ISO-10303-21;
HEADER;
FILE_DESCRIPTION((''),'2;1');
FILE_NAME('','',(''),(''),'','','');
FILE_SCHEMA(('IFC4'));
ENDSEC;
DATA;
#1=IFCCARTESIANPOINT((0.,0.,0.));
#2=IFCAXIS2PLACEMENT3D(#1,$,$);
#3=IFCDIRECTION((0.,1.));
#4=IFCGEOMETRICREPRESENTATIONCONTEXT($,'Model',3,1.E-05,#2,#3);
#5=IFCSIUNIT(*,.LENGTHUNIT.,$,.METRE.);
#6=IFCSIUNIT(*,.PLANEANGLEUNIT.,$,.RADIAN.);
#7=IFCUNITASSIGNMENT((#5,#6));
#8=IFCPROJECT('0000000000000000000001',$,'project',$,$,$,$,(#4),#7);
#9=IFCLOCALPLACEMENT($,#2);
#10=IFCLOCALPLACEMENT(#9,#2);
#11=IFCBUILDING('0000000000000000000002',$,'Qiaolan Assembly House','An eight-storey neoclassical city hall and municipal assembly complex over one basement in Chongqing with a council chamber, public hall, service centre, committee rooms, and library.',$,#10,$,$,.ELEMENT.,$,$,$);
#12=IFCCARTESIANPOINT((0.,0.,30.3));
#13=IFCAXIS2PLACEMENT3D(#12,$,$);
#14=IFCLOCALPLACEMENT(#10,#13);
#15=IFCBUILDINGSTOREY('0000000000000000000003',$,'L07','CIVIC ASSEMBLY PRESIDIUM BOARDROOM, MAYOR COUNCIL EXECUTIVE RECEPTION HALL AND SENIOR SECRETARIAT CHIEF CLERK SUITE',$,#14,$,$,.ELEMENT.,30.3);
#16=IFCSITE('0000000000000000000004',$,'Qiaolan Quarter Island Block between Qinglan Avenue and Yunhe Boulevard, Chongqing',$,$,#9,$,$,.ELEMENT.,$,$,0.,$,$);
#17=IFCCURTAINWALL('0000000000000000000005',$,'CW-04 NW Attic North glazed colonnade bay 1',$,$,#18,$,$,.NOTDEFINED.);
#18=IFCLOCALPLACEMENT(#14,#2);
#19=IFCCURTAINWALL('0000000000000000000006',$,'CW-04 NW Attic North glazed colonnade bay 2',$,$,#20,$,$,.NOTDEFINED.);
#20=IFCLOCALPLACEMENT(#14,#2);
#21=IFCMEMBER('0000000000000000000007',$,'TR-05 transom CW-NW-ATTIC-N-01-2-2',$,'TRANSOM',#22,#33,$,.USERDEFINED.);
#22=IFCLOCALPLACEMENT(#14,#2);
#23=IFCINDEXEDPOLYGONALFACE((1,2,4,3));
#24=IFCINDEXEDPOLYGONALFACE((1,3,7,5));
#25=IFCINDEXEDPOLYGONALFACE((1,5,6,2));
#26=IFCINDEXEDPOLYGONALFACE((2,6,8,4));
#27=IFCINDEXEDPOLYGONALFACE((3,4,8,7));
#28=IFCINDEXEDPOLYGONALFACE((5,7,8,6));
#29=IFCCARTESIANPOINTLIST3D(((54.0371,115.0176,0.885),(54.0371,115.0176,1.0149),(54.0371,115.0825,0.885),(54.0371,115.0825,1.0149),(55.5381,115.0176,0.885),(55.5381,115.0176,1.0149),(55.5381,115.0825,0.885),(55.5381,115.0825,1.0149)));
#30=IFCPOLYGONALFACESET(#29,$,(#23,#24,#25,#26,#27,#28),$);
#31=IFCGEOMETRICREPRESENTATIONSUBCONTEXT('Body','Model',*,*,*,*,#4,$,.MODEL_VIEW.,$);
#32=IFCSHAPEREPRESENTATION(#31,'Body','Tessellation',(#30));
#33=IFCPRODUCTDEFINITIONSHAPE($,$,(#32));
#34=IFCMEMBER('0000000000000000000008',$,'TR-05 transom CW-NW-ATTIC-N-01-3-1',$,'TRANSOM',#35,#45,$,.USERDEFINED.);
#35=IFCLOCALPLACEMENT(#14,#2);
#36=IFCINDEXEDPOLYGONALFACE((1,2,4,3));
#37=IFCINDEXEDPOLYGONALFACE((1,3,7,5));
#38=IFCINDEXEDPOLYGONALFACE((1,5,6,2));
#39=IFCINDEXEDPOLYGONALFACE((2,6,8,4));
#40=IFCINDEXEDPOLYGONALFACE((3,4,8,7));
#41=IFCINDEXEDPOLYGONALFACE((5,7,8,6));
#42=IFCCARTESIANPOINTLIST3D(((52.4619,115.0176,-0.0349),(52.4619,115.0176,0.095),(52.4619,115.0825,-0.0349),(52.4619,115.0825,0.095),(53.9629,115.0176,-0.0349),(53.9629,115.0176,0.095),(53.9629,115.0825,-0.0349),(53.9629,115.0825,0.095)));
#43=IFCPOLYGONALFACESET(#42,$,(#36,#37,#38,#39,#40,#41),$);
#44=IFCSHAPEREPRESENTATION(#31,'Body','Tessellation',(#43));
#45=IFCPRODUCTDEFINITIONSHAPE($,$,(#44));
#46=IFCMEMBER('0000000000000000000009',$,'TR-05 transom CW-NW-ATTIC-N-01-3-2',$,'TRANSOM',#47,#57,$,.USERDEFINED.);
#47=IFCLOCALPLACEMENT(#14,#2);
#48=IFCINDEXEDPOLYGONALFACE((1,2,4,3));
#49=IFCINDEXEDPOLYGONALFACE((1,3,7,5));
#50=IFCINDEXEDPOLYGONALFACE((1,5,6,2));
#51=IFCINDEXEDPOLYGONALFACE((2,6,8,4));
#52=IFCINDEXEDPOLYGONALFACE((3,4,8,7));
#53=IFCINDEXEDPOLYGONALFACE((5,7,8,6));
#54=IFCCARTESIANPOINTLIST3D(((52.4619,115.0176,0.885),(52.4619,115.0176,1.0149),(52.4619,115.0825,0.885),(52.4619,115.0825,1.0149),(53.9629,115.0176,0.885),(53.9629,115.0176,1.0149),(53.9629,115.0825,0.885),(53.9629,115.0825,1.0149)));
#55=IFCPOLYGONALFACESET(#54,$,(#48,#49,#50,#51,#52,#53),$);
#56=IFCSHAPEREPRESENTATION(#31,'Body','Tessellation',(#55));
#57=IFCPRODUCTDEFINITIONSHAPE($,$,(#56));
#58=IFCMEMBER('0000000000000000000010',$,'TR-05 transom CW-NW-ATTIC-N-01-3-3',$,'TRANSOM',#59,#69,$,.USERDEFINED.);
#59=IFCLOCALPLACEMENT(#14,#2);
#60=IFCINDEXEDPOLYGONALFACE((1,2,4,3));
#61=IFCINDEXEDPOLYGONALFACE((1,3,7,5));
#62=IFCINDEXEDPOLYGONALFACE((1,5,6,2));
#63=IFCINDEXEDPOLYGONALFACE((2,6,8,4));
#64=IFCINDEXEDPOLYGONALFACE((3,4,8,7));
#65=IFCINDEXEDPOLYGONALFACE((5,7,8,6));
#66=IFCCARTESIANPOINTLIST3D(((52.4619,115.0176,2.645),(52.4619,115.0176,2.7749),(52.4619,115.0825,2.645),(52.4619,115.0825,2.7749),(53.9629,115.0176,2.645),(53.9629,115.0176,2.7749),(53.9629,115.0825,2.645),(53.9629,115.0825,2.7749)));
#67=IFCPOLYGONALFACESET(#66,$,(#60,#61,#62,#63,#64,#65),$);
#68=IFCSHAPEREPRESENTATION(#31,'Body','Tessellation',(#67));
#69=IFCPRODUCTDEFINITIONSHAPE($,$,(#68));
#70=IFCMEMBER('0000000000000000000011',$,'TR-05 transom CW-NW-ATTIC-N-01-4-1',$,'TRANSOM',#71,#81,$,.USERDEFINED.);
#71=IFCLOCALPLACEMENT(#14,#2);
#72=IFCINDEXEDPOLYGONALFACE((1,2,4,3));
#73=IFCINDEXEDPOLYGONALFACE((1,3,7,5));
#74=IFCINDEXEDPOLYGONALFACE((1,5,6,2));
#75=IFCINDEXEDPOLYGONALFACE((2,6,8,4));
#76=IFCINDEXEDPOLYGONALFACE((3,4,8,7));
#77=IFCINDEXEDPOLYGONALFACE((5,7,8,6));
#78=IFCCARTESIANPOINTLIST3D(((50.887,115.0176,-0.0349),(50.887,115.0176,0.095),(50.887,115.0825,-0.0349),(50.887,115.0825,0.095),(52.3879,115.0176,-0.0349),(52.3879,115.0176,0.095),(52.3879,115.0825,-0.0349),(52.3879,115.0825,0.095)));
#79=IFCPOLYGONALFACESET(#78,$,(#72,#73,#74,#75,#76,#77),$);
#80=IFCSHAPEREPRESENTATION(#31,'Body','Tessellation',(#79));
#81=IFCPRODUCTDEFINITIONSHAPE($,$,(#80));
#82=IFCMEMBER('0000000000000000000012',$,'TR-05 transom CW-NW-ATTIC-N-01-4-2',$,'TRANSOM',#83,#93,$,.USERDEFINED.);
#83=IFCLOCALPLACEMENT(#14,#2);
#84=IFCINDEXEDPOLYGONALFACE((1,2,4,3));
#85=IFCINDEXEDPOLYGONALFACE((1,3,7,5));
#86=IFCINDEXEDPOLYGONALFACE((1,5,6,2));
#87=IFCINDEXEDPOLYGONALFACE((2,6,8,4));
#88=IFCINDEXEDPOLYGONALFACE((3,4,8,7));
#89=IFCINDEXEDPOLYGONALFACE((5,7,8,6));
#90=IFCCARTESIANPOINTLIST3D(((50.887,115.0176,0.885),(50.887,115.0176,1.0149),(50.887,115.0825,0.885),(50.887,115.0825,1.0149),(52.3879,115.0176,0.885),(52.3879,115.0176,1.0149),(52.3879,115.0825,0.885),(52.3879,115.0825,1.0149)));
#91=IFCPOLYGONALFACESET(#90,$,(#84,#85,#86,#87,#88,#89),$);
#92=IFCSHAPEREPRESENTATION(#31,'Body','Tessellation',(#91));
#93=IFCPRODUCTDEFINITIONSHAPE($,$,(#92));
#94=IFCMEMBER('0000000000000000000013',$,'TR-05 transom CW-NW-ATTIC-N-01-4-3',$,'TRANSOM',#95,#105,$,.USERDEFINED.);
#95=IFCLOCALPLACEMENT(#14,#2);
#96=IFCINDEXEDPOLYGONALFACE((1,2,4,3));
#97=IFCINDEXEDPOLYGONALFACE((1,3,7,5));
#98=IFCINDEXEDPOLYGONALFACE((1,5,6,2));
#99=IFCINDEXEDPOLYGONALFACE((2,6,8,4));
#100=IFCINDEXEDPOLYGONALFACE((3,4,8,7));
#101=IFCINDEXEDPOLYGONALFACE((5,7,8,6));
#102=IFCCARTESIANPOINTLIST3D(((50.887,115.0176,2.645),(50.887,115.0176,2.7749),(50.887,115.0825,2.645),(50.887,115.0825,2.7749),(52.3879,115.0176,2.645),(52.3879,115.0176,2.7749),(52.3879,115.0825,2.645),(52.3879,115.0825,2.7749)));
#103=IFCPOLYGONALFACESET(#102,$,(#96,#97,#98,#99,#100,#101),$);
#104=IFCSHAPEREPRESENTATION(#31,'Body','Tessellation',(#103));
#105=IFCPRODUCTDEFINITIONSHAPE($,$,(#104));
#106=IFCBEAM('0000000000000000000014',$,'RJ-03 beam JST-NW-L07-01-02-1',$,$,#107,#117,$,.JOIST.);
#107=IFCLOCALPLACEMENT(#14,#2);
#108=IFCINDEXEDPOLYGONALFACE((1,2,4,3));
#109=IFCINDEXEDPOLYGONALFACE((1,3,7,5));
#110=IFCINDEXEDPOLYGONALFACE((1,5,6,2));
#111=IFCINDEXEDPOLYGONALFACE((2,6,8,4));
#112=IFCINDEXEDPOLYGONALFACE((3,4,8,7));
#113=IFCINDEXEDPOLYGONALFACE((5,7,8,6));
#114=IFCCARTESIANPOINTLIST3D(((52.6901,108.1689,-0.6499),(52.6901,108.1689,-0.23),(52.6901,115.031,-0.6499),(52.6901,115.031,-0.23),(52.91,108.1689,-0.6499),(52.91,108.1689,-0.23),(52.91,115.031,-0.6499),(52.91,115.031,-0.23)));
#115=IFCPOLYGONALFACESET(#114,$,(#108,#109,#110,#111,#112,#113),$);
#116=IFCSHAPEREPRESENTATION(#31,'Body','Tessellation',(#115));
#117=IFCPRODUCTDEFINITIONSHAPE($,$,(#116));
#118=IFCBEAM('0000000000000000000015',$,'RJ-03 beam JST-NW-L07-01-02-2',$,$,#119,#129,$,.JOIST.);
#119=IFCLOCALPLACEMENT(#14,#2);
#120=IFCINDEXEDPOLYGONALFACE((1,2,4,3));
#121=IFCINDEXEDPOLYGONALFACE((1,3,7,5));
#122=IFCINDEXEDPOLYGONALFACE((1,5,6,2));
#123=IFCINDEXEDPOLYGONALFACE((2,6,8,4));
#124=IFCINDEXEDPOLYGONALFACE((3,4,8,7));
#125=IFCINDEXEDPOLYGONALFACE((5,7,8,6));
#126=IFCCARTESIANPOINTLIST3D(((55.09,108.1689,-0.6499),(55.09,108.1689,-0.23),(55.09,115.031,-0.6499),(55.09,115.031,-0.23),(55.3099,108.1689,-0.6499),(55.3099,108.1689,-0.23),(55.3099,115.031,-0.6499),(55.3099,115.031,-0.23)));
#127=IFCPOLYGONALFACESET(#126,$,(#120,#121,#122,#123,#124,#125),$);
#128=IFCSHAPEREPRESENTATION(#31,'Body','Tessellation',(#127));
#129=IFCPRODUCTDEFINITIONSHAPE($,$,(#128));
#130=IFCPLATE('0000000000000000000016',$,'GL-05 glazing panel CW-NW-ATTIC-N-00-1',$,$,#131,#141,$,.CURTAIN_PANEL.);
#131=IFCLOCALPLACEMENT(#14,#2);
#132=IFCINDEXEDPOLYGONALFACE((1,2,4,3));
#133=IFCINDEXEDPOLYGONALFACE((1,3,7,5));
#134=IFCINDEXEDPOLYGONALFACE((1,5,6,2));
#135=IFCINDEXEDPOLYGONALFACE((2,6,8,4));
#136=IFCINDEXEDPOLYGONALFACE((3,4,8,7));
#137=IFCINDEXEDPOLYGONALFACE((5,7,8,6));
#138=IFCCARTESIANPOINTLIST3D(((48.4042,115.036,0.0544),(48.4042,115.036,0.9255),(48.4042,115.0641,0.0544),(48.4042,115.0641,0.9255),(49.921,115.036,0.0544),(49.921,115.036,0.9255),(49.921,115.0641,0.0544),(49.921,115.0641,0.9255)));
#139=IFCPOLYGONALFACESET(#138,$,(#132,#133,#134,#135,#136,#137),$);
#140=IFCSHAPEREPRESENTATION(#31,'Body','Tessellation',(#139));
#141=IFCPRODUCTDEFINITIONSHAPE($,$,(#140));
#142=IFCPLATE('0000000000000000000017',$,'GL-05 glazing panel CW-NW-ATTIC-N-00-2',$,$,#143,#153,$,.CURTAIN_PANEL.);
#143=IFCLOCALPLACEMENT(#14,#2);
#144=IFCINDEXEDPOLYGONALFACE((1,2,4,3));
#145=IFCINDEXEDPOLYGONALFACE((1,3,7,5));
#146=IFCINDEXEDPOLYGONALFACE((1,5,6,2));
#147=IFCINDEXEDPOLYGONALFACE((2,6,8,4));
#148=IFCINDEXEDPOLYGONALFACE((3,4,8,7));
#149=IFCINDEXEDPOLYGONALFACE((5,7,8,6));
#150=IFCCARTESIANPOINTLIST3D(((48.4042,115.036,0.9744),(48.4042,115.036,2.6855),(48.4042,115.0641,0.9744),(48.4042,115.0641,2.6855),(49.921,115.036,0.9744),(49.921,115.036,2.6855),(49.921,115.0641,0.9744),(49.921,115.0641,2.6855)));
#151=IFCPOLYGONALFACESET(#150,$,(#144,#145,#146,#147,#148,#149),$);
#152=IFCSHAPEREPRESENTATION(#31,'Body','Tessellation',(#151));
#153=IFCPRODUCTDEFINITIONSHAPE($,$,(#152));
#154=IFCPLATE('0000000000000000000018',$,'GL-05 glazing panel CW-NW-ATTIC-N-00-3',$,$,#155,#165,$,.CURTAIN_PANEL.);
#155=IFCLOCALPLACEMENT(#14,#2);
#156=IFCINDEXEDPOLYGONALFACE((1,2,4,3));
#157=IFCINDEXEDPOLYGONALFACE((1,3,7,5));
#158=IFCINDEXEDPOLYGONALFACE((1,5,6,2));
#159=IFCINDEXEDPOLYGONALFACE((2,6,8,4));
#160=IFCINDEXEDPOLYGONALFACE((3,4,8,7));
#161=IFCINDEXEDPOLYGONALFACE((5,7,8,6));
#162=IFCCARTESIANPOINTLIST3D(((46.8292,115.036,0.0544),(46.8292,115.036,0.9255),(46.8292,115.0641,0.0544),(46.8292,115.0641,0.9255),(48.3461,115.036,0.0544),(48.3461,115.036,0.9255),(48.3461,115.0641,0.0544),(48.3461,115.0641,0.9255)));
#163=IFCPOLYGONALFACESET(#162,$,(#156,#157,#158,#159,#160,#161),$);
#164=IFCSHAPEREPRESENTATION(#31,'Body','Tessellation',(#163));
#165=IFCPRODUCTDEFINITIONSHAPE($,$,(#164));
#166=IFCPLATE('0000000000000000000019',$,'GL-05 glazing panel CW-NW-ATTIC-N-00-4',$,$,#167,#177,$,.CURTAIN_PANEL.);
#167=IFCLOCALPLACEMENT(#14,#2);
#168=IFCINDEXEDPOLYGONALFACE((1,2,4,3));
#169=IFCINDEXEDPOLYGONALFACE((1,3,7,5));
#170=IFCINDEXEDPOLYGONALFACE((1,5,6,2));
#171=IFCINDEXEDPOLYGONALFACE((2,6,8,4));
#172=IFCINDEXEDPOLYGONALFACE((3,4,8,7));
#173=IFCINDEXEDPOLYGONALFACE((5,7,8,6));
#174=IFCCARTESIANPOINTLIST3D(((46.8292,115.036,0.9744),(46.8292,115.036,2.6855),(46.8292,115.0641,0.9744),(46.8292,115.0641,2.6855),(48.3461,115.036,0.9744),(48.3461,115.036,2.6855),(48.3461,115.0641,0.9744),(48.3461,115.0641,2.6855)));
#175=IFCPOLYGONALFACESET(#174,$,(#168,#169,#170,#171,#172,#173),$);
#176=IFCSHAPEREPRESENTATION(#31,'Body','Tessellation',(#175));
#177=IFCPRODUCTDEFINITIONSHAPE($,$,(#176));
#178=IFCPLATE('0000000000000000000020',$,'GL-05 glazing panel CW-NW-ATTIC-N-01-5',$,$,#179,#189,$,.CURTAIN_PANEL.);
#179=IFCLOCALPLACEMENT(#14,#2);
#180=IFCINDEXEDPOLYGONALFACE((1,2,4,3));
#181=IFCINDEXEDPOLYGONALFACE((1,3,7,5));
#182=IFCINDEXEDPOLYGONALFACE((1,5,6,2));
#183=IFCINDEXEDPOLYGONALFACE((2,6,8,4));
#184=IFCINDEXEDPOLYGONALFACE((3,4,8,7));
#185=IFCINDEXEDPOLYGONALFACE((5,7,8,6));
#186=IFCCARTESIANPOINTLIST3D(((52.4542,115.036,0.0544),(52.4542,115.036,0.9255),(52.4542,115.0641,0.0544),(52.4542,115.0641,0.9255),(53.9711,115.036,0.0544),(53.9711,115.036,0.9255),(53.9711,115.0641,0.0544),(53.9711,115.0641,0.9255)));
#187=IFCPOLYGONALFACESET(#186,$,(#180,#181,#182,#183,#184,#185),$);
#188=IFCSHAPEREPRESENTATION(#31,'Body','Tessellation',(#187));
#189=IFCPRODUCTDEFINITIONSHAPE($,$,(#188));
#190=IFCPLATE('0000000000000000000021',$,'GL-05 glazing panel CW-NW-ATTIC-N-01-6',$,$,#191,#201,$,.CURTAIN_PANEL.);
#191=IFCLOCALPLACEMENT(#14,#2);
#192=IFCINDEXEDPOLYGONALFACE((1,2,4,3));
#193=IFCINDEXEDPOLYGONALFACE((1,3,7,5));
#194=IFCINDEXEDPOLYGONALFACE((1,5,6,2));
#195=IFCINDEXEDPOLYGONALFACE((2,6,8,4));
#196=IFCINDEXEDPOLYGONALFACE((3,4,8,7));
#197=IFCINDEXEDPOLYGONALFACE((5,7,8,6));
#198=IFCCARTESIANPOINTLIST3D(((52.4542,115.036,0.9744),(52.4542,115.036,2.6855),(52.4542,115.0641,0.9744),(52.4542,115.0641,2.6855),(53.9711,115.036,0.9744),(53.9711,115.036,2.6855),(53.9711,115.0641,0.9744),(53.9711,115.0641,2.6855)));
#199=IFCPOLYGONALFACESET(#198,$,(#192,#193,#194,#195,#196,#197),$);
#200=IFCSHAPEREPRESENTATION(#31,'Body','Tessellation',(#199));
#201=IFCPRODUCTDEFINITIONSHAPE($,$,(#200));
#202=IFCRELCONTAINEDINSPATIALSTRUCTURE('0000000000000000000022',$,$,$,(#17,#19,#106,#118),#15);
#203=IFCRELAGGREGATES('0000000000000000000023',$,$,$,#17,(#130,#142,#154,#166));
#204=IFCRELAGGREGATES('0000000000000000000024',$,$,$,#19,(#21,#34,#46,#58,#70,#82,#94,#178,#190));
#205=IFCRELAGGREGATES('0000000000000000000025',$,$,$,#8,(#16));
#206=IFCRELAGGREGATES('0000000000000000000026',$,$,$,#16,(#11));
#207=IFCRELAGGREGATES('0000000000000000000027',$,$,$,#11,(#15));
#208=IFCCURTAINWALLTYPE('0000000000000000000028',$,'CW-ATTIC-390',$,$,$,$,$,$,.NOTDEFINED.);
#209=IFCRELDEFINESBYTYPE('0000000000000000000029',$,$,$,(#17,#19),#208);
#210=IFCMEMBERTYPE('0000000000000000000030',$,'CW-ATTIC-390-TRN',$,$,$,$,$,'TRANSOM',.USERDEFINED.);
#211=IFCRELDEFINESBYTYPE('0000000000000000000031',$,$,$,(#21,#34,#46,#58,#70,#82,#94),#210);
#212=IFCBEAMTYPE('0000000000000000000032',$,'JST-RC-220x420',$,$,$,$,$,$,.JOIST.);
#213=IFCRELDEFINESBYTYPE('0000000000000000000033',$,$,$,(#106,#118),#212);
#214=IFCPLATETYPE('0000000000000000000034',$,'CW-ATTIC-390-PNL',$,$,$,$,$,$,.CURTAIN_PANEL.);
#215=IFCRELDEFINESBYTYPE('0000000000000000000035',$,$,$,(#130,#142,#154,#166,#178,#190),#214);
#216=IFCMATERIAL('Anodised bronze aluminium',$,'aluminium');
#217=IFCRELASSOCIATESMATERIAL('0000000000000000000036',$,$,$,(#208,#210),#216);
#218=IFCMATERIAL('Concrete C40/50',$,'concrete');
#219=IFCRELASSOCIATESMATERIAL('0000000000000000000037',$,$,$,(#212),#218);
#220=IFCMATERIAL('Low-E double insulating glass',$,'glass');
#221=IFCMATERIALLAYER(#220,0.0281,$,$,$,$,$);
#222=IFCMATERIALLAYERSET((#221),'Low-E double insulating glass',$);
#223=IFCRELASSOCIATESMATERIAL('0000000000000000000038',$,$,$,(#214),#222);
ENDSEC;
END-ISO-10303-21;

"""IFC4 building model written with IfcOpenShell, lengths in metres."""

from ifc_helpers import new_model, si_unit, direction, frame, frame_2d, origin, origin_2d, place, context, subcontext, project, spatial, rectangle, extrude, material, layer, layer_set, material_profile, profile_set, type_object, element, aggregate, save


model = new_model("IFC4")

# Units and contexts
model_context = context("Model", 3, precision=1e-05, world=origin(), true_north=direction((0.0, 1.0)))
body_context = subcontext(model_context, "Body", "Model", "MODEL_VIEW")
ifc_project = project(units=[si_unit("LENGTHUNIT", "METRE"), si_unit("PLANEANGLEUNIT", "RADIAN")], contexts=[model_context])

# Site, building, storey
site_placement = place(None, origin())
site = spatial("IfcSite", under=ifc_project, at=site_placement, Name="Qiaolan Quarter Island Block between Qinglan Avenue and Yunhe Boulevard, Chongqing", CompositionType="ELEMENT", RefElevation=0.0)
building_placement = place(site_placement, origin())
building = spatial("IfcBuilding", under=site, at=building_placement, Name="Qiaolan Assembly House", Description="An eight-storey neoclassical city hall and municipal assembly complex over one basement in Chongqing with a council chamber, public hall, service centre, committee rooms, and library.", CompositionType="ELEMENT")
storey_placement = place(building_placement, frame((0.0, 0.0, 30.3)))
storey = spatial("IfcBuildingStorey", under=building, at=storey_placement, Name="L07", Description="CIVIC ASSEMBLY PRESIDIUM BOARDROOM, MAYOR COUNCIL EXECUTIVE RECEPTION HALL AND SENIOR SECRETARIAT CHIEF CLERK SUITE", CompositionType="ELEMENT", Elevation=30.3)

# Shared definitions
ifc_material_1 = material(Name="Concrete C40/50", Category="concrete")

# Curtain walls
ifc_material_2 = material(Name="Anodised bronze aluminium", Category="aluminium")
curtain_wall_type = type_object("IfcCurtainWallType", Name="CW-ATTIC-390", PredefinedType="NOTDEFINED", material=ifc_material_2)
curtain_wall_1_placement = place(storey_placement, origin())
curtain_wall_1 = element("IfcCurtainWall", 1, at=curtain_wall_1_placement, inside=storey, type_object=curtain_wall_type, Name="CW-04 NW Attic North glazed colonnade bay 1", PredefinedType="NOTDEFINED")
curtain_wall_2_placement = place(storey_placement, origin())
curtain_wall_2 = element("IfcCurtainWall", 2, at=curtain_wall_2_placement, inside=storey, type_object=curtain_wall_type, Name="CW-04 NW Attic North glazed colonnade bay 2", PredefinedType="NOTDEFINED")

# Members
ifc_material_profile_1 = material_profile(ifc_material_2, rectangle(XDim=0.0649, YDim=0.1299, at=origin_2d()), Name="TRN 65x130")
ifc_profile_set_1 = profile_set([ifc_material_profile_1], Name="Anodised bronze aluminium")
member_type_1 = type_object("IfcMemberType", Name="CW-ATTIC-390-TRN", ElementType="TRANSOM", PredefinedType="USERDEFINED", material=ifc_profile_set_1)
member_1_placement = place(storey_placement, frame((55.5381, 115.05, 0.95), z_axis=(-1.0, 0.0, 0.0), x_axis=(0.0, -1.0, 0.0)))
member_1 = element("IfcMember", 3, at=member_1_placement, type_object=member_type_1, Name="TR-05 transom CW-NW-ATTIC-N-01-2-2", ObjectType="TRANSOM", PredefinedType="USERDEFINED", context=body_context, shape_type="SweptSolid", body=[
    extrude(rectangle(XDim=0.0649, YDim=0.1299, at=origin_2d()), origin(), (0.0, 0.0, 1.0), 1.501),
])
member_2_placement = place(storey_placement, frame((53.9629, 115.05, 0.03), z_axis=(-1.0, 0.0, 0.0), x_axis=(0.0, -1.0, 0.0)))
member_2 = element("IfcMember", 4, at=member_2_placement, type_object=member_type_1, Name="TR-05 transom CW-NW-ATTIC-N-01-3-1", ObjectType="TRANSOM", PredefinedType="USERDEFINED", context=body_context, shape_type="SweptSolid", body=[
    extrude(rectangle(XDim=0.0649, YDim=0.1299, at=origin_2d()), origin(), (0.0, 0.0, 1.0), 1.501),
])
member_3_placement = place(storey_placement, frame((53.9629, 115.05, 0.95), z_axis=(-1.0, 0.0, 0.0), x_axis=(0.0, -1.0, 0.0)))
member_3 = element("IfcMember", 5, at=member_3_placement, type_object=member_type_1, Name="TR-05 transom CW-NW-ATTIC-N-01-3-2", ObjectType="TRANSOM", PredefinedType="USERDEFINED", context=body_context, shape_type="SweptSolid", body=[
    extrude(rectangle(XDim=0.0649, YDim=0.1299, at=origin_2d()), origin(), (0.0, 0.0, 1.0), 1.501),
])
member_4_placement = place(storey_placement, frame((53.9629, 115.05, 2.71), z_axis=(-1.0, 0.0, 0.0), x_axis=(0.0, -1.0, 0.0)))
member_4 = element("IfcMember", 6, at=member_4_placement, type_object=member_type_1, Name="TR-05 transom CW-NW-ATTIC-N-01-3-3", ObjectType="TRANSOM", PredefinedType="USERDEFINED", context=body_context, shape_type="SweptSolid", body=[
    extrude(rectangle(XDim=0.0649, YDim=0.1299, at=origin_2d()), origin(), (0.0, 0.0, 1.0), 1.501),
])
member_5_placement = place(storey_placement, frame((52.3879, 115.05, 0.03), z_axis=(-1.0, 0.0, 0.0), x_axis=(0.0, -1.0, 0.0)))
member_5 = element("IfcMember", 7, at=member_5_placement, type_object=member_type_1, Name="TR-05 transom CW-NW-ATTIC-N-01-4-1", ObjectType="TRANSOM", PredefinedType="USERDEFINED", context=body_context, shape_type="SweptSolid", body=[
    extrude(rectangle(XDim=0.0649, YDim=0.1299, at=origin_2d()), origin(), (0.0, 0.0, 1.0), 1.501),
])
member_6_placement = place(storey_placement, frame((52.3879, 115.05, 0.95), z_axis=(-1.0, 0.0, 0.0), x_axis=(0.0, -1.0, 0.0)))
member_6 = element("IfcMember", 8, at=member_6_placement, type_object=member_type_1, Name="TR-05 transom CW-NW-ATTIC-N-01-4-2", ObjectType="TRANSOM", PredefinedType="USERDEFINED", context=body_context, shape_type="SweptSolid", body=[
    extrude(rectangle(XDim=0.0649, YDim=0.1299, at=origin_2d()), origin(), (0.0, 0.0, 1.0), 1.501),
])
member_7_placement = place(storey_placement, frame((52.3879, 115.05, 2.71), z_axis=(-1.0, 0.0, 0.0), x_axis=(0.0, -1.0, 0.0)))
member_7 = element("IfcMember", 9, at=member_7_placement, type_object=member_type_1, Name="TR-05 transom CW-NW-ATTIC-N-01-4-3", ObjectType="TRANSOM", PredefinedType="USERDEFINED", context=body_context, shape_type="SweptSolid", body=[
    extrude(rectangle(XDim=0.0649, YDim=0.1299, at=origin_2d()), origin(), (0.0, 0.0, 1.0), 1.501),
])

# Beams
ifc_material_profile_2 = material_profile(ifc_material_1, rectangle(XDim=0.22, YDim=0.4199, at=origin_2d()), Name="RCB 220x420")
ifc_profile_set_2 = profile_set([ifc_material_profile_2], Name="Concrete C40/50")
beam_type_1 = type_object("IfcBeamType", Name="JST-RC-220x420", PredefinedType="JOIST", material=ifc_profile_set_2)
for number, where, z_axis, x_axis, name in (
    (10, (52.8, 108.1689, -0.4399), (0.0, 1.0, 0.0), (-1.0, 0.0, 0.0), "RJ-03 beam JST-NW-L07-01-02-1"),
    (11, (55.2, 108.1689, -0.4399), (0.0, 1.0, 0.0), (-1.0, 0.0, 0.0), "RJ-03 beam JST-NW-L07-01-02-2"),
):
    element("IfcBeam", number, at=place(storey_placement, frame(where, z_axis=z_axis, x_axis=x_axis)), inside=storey, type_object=beam_type_1, Name=name, PredefinedType="JOIST", context=body_context, shape_type="SweptSolid", body=[
        extrude(rectangle(XDim=0.22, YDim=0.4199, at=origin_2d()), origin(), (0.0, 0.0, 1.0), 6.8621),
    ])

# Plates
ifc_material_3 = material(Name="Low-E double insulating glass", Category="glass")
ifc_layer = layer(ifc_material_3, 0.0281)
ifc_layer_set = layer_set([ifc_layer], Name="Low-E double insulating glass")
plate_type = type_object("IfcPlateType", Name="CW-ATTIC-390-PNL", PredefinedType="CURTAIN_PANEL", material=ifc_layer_set)
plate_1_placement = place(storey_placement, frame((49.9209, 115.05, 0.0544), z_axis=(0.0, 0.0, 1.0), x_axis=(-1.0, 0.0, 0.0)))
plate_1 = element("IfcPlate", 12, at=plate_1_placement, type_object=plate_type, Name="GL-05 glazing panel CW-NW-ATTIC-N-00-1", PredefinedType="CURTAIN_PANEL", context=body_context, shape_type="SweptSolid", body=[
    extrude(rectangle(XDim=1.5168, YDim=0.0281, at=frame_2d((0.7583, 0.0))), origin(), (0.0, 0.0, 1.0), 0.8711),
])
plate_2_placement = place(storey_placement, frame((49.9209, 115.05, 0.9744), z_axis=(0.0, 0.0, 1.0), x_axis=(-1.0, 0.0, 0.0)))
plate_2 = element("IfcPlate", 13, at=plate_2_placement, type_object=plate_type, Name="GL-05 glazing panel CW-NW-ATTIC-N-00-2", PredefinedType="CURTAIN_PANEL", context=body_context, shape_type="SweptSolid", body=[
    extrude(rectangle(XDim=1.5168, YDim=0.0281, at=frame_2d((0.7583, 0.0))), origin(), (0.0, 0.0, 1.0), 1.7112),
])
plate_3_placement = place(storey_placement, frame((48.3459, 115.05, 0.0544), z_axis=(0.0, 0.0, 1.0), x_axis=(-1.0, 0.0, 0.0)))
plate_3 = element("IfcPlate", 14, at=plate_3_placement, type_object=plate_type, Name="GL-05 glazing panel CW-NW-ATTIC-N-00-3", PredefinedType="CURTAIN_PANEL", context=body_context, shape_type="SweptSolid", body=[
    extrude(rectangle(XDim=1.5168, YDim=0.0281, at=frame_2d((0.7583, 0.0))), origin(), (0.0, 0.0, 1.0), 0.8711),
])
plate_4_placement = place(storey_placement, frame((48.3459, 115.05, 0.9744), z_axis=(0.0, 0.0, 1.0), x_axis=(-1.0, 0.0, 0.0)))
plate_4 = element("IfcPlate", 15, at=plate_4_placement, type_object=plate_type, Name="GL-05 glazing panel CW-NW-ATTIC-N-00-4", PredefinedType="CURTAIN_PANEL", context=body_context, shape_type="SweptSolid", body=[
    extrude(rectangle(XDim=1.5168, YDim=0.0281, at=frame_2d((0.7583, 0.0))), origin(), (0.0, 0.0, 1.0), 1.7112),
])
aggregate(curtain_wall_1, [plate_1, plate_2, plate_3, plate_4])
plate_5_placement = place(storey_placement, frame((53.9709, 115.05, 0.0544), z_axis=(0.0, 0.0, 1.0), x_axis=(-1.0, 0.0, 0.0)))
plate_5 = element("IfcPlate", 16, at=plate_5_placement, type_object=plate_type, Name="GL-05 glazing panel CW-NW-ATTIC-N-01-5", PredefinedType="CURTAIN_PANEL", context=body_context, shape_type="SweptSolid", body=[
    extrude(rectangle(XDim=1.5168, YDim=0.0281, at=frame_2d((0.7583, 0.0))), origin(), (0.0, 0.0, 1.0), 0.8711),
])
plate_6_placement = place(storey_placement, frame((53.9709, 115.05, 0.9744), z_axis=(0.0, 0.0, 1.0), x_axis=(-1.0, 0.0, 0.0)))
plate_6 = element("IfcPlate", 17, at=plate_6_placement, type_object=plate_type, Name="GL-05 glazing panel CW-NW-ATTIC-N-01-6", PredefinedType="CURTAIN_PANEL", context=body_context, shape_type="SweptSolid", body=[
    extrude(rectangle(XDim=1.5168, YDim=0.0281, at=frame_2d((0.7583, 0.0))), origin(), (0.0, 0.0, 1.0), 1.7112),
])
aggregate(curtain_wall_2, [member_1, member_2, member_3, member_4, member_5, member_6, member_7, plate_5, plate_6])

save(model, "model.ifc")
